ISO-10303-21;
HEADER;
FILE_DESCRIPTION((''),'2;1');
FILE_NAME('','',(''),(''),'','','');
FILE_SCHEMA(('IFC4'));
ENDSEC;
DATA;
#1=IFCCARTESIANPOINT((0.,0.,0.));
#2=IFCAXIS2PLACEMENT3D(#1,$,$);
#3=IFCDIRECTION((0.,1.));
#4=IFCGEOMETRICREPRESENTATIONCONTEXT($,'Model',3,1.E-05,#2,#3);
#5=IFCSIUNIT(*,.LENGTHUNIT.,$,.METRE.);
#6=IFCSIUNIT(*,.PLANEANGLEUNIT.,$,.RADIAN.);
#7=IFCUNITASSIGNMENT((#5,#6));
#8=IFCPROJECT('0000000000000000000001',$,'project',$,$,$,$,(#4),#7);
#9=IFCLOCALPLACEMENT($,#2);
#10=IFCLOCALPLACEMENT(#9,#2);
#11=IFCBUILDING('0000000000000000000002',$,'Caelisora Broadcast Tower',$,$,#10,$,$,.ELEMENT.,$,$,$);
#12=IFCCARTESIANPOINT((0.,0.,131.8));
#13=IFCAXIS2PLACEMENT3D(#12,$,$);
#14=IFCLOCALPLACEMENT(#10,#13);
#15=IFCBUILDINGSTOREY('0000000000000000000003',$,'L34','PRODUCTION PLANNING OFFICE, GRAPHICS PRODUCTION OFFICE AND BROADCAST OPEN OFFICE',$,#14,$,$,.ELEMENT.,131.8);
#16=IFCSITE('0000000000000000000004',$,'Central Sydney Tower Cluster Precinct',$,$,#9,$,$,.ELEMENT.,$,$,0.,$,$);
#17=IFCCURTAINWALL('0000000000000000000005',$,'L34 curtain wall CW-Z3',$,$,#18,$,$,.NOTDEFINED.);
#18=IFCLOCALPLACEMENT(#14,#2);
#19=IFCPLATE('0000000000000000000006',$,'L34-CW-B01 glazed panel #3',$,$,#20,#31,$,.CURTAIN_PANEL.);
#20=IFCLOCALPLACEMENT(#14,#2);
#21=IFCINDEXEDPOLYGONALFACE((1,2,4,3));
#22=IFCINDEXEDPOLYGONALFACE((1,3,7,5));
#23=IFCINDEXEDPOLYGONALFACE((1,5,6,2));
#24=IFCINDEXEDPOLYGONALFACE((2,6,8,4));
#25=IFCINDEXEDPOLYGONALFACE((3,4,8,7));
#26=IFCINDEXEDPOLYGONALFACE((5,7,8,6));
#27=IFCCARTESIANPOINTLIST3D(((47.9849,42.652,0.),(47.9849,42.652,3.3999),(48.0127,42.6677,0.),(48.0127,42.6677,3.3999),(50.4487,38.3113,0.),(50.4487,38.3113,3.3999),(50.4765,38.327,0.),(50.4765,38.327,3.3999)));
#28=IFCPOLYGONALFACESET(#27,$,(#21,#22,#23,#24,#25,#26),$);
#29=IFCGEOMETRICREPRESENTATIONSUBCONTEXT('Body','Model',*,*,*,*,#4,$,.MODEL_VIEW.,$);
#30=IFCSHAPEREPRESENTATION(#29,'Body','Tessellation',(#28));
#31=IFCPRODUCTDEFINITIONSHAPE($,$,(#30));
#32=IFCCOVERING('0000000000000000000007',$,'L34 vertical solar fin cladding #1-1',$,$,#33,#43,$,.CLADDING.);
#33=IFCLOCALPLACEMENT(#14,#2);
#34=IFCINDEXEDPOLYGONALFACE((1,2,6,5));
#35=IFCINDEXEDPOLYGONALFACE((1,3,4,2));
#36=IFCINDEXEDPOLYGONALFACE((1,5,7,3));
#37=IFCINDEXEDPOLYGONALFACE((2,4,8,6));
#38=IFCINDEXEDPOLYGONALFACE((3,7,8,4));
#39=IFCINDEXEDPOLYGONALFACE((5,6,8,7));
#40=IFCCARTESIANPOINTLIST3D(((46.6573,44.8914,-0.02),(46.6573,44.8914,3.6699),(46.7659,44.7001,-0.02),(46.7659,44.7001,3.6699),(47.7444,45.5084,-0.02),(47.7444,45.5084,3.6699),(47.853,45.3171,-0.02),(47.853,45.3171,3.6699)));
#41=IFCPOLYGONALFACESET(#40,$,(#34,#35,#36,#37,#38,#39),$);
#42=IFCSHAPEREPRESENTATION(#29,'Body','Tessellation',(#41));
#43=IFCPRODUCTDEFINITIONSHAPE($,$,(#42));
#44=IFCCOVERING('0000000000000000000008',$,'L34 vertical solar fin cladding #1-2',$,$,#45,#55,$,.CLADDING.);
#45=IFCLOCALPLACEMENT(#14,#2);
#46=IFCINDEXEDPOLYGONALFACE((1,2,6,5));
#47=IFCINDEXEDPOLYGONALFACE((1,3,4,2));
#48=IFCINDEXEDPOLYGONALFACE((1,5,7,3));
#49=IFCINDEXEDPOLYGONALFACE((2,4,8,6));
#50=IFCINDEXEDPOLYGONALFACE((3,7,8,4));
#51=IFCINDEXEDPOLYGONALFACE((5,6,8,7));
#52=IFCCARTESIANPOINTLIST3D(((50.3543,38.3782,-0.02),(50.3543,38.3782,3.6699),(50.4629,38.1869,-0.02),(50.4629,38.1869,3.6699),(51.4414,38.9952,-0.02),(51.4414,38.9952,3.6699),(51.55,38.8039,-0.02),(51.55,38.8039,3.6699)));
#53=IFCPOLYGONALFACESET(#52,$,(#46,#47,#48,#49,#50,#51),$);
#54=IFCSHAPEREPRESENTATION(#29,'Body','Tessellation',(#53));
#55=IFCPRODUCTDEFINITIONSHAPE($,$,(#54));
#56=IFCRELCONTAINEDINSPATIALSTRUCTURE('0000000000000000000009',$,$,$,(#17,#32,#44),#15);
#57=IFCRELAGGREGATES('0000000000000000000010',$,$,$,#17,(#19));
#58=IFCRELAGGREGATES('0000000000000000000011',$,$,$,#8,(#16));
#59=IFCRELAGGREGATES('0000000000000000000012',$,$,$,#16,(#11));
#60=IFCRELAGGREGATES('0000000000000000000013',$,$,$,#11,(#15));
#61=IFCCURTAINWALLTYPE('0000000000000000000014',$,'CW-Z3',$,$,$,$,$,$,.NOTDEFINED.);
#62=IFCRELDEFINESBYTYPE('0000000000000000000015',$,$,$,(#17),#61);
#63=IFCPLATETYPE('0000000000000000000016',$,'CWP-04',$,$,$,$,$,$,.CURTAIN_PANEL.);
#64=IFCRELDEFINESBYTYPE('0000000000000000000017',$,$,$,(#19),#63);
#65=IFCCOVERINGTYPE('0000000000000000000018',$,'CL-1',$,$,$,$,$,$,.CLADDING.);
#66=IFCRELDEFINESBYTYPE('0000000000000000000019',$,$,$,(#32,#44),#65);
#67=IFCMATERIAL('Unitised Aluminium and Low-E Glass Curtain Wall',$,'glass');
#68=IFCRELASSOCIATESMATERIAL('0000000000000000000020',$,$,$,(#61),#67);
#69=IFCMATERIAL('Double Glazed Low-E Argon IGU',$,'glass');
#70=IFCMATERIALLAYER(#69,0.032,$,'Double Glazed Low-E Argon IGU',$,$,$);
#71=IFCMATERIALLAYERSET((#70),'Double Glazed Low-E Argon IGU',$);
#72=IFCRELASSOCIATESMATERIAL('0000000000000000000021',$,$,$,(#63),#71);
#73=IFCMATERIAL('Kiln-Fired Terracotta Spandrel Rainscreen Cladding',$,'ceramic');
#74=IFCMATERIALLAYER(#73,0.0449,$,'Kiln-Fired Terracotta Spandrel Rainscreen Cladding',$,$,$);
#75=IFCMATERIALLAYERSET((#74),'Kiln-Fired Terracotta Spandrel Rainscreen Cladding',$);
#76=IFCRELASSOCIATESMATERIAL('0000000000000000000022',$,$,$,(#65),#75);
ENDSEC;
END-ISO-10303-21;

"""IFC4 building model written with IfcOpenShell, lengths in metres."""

from ifc_helpers import new_model, si_unit, direction, frame, origin, origin_2d, place, context, subcontext, project, spatial, rectangle, extrude, source, transform, mapped, material, layer, layer_set, type_object, type_shapes, element, aggregate, save


model = new_model("IFC4")

# Units and contexts
model_context = context("Model", 3, precision=1e-05, world=origin(), true_north=direction((0.0, 1.0)))
body_context = subcontext(model_context, "Body", "Model", "MODEL_VIEW")
ifc_project = project(units=[si_unit("LENGTHUNIT", "METRE"), si_unit("PLANEANGLEUNIT", "RADIAN")], contexts=[model_context])

# Site, building, storey
site_placement = place(None, origin())
site = spatial("IfcSite", under=ifc_project, at=site_placement, Name="Central Sydney Tower Cluster Precinct", CompositionType="ELEMENT", RefElevation=0.0)
building_placement = place(site_placement, origin())
building = spatial("IfcBuilding", under=site, at=building_placement, Name="Caelisora Broadcast Tower", CompositionType="ELEMENT")
storey_placement = place(building_placement, frame((0.0, 0.0, 131.8)))
storey = spatial("IfcBuildingStorey", under=building, at=storey_placement, Name="L34", Description="PRODUCTION PLANNING OFFICE, GRAPHICS PRODUCTION OFFICE AND BROADCAST OPEN OFFICE", CompositionType="ELEMENT", Elevation=131.8)

# Curtain wall
ifc_material_1 = material(Name="Unitised Aluminium and Low-E Glass Curtain Wall", Category="glass")
curtain_wall_type_1 = type_object("IfcCurtainWallType", Name="CW-Z3", PredefinedType="NOTDEFINED", material=ifc_material_1)
curtain_wall_1_placement = place(storey_placement, origin())
curtain_wall_1 = element("IfcCurtainWall", 1, at=curtain_wall_1_placement, inside=storey, type_object=curtain_wall_type_1, Name="L34 curtain wall CW-Z3", PredefinedType="NOTDEFINED")

# Plate
ifc_material_2 = material(Name="Double Glazed Low-E Argon IGU", Category="glass")
ifc_layer_1 = layer(ifc_material_2, 0.032, Name="Double Glazed Low-E Argon IGU")
ifc_layer_set_1 = layer_set([ifc_layer_1], Name="Double Glazed Low-E Argon IGU")
plate_type_1 = type_object("IfcPlateType", Name="CWP-04", PredefinedType="CURTAIN_PANEL", material=ifc_layer_set_1)
shared_shape_1 = source(origin(), body_context, "Body", "SweptSolid", [
    extrude(rectangle(XDim=4.9912, YDim=0.032, at=origin_2d()), origin(), (0.0, 0.0, 1.0), 3.3999),
])
type_shapes(plate_type_1, [shared_shape_1])
plate_1_placement = place(storey_placement, frame((49.2307, 40.4895, 0.0), z_axis=(0.0, 0.0, 1.0), x_axis=(0.493638, -0.869667, 0.0)))
plate_1 = element("IfcPlate", 2, at=plate_1_placement, type_object=plate_type_1, Name="L34-CW-B01 glazed panel #3", PredefinedType="CURTAIN_PANEL", context=body_context, shape_type="MappedRepresentation", body=[
    mapped(shared_shape_1, transform((0.0, 0.0, 0.0), scale=1.0)),
])
aggregate(curtain_wall_1, [plate_1])

# Coverings
ifc_material_3 = material(Name="Kiln-Fired Terracotta Spandrel Rainscreen Cladding", Category="ceramic")
ifc_layer_2 = layer(ifc_material_3, 0.0449, Name="Kiln-Fired Terracotta Spandrel Rainscreen Cladding")
ifc_layer_set_2 = layer_set([ifc_layer_2], Name="Kiln-Fired Terracotta Spandrel Rainscreen Cladding")
covering_type = type_object("IfcCoveringType", Name="CL-1", PredefinedType="CLADDING", material=ifc_layer_set_2)
shared_shape_2 = source(origin(), body_context, "Body", "SweptSolid", [
    extrude(rectangle(XDim=0.22, YDim=1.25, at=origin_2d()), origin(), (0.0, 0.0, 1.0), 3.6899),
])
type_shapes(covering_type, [shared_shape_2])
for number, where, z_axis, x_axis, name in (
    (3, (47.2551, 45.1042, -0.02), (0.0, 0.0, 1.0), (0.493638, -0.869667, 0.0), "L34 vertical solar fin cladding #1-1"),
    (4, (50.9521, 38.5911, -0.02), (0.0, 0.0, 1.0), (0.493638, -0.869667, 0.0), "L34 vertical solar fin cladding #1-2"),
):
    element("IfcCovering", number, at=place(storey_placement, frame(where, z_axis=z_axis, x_axis=x_axis)), inside=storey, type_object=covering_type, Name=name, PredefinedType="CLADDING", context=body_context, shape_type="MappedRepresentation", body=[
        mapped(shared_shape_2, transform((0.0, 0.0, 0.0), scale=1.0)),
    ])

save(model, "model.ifc")
